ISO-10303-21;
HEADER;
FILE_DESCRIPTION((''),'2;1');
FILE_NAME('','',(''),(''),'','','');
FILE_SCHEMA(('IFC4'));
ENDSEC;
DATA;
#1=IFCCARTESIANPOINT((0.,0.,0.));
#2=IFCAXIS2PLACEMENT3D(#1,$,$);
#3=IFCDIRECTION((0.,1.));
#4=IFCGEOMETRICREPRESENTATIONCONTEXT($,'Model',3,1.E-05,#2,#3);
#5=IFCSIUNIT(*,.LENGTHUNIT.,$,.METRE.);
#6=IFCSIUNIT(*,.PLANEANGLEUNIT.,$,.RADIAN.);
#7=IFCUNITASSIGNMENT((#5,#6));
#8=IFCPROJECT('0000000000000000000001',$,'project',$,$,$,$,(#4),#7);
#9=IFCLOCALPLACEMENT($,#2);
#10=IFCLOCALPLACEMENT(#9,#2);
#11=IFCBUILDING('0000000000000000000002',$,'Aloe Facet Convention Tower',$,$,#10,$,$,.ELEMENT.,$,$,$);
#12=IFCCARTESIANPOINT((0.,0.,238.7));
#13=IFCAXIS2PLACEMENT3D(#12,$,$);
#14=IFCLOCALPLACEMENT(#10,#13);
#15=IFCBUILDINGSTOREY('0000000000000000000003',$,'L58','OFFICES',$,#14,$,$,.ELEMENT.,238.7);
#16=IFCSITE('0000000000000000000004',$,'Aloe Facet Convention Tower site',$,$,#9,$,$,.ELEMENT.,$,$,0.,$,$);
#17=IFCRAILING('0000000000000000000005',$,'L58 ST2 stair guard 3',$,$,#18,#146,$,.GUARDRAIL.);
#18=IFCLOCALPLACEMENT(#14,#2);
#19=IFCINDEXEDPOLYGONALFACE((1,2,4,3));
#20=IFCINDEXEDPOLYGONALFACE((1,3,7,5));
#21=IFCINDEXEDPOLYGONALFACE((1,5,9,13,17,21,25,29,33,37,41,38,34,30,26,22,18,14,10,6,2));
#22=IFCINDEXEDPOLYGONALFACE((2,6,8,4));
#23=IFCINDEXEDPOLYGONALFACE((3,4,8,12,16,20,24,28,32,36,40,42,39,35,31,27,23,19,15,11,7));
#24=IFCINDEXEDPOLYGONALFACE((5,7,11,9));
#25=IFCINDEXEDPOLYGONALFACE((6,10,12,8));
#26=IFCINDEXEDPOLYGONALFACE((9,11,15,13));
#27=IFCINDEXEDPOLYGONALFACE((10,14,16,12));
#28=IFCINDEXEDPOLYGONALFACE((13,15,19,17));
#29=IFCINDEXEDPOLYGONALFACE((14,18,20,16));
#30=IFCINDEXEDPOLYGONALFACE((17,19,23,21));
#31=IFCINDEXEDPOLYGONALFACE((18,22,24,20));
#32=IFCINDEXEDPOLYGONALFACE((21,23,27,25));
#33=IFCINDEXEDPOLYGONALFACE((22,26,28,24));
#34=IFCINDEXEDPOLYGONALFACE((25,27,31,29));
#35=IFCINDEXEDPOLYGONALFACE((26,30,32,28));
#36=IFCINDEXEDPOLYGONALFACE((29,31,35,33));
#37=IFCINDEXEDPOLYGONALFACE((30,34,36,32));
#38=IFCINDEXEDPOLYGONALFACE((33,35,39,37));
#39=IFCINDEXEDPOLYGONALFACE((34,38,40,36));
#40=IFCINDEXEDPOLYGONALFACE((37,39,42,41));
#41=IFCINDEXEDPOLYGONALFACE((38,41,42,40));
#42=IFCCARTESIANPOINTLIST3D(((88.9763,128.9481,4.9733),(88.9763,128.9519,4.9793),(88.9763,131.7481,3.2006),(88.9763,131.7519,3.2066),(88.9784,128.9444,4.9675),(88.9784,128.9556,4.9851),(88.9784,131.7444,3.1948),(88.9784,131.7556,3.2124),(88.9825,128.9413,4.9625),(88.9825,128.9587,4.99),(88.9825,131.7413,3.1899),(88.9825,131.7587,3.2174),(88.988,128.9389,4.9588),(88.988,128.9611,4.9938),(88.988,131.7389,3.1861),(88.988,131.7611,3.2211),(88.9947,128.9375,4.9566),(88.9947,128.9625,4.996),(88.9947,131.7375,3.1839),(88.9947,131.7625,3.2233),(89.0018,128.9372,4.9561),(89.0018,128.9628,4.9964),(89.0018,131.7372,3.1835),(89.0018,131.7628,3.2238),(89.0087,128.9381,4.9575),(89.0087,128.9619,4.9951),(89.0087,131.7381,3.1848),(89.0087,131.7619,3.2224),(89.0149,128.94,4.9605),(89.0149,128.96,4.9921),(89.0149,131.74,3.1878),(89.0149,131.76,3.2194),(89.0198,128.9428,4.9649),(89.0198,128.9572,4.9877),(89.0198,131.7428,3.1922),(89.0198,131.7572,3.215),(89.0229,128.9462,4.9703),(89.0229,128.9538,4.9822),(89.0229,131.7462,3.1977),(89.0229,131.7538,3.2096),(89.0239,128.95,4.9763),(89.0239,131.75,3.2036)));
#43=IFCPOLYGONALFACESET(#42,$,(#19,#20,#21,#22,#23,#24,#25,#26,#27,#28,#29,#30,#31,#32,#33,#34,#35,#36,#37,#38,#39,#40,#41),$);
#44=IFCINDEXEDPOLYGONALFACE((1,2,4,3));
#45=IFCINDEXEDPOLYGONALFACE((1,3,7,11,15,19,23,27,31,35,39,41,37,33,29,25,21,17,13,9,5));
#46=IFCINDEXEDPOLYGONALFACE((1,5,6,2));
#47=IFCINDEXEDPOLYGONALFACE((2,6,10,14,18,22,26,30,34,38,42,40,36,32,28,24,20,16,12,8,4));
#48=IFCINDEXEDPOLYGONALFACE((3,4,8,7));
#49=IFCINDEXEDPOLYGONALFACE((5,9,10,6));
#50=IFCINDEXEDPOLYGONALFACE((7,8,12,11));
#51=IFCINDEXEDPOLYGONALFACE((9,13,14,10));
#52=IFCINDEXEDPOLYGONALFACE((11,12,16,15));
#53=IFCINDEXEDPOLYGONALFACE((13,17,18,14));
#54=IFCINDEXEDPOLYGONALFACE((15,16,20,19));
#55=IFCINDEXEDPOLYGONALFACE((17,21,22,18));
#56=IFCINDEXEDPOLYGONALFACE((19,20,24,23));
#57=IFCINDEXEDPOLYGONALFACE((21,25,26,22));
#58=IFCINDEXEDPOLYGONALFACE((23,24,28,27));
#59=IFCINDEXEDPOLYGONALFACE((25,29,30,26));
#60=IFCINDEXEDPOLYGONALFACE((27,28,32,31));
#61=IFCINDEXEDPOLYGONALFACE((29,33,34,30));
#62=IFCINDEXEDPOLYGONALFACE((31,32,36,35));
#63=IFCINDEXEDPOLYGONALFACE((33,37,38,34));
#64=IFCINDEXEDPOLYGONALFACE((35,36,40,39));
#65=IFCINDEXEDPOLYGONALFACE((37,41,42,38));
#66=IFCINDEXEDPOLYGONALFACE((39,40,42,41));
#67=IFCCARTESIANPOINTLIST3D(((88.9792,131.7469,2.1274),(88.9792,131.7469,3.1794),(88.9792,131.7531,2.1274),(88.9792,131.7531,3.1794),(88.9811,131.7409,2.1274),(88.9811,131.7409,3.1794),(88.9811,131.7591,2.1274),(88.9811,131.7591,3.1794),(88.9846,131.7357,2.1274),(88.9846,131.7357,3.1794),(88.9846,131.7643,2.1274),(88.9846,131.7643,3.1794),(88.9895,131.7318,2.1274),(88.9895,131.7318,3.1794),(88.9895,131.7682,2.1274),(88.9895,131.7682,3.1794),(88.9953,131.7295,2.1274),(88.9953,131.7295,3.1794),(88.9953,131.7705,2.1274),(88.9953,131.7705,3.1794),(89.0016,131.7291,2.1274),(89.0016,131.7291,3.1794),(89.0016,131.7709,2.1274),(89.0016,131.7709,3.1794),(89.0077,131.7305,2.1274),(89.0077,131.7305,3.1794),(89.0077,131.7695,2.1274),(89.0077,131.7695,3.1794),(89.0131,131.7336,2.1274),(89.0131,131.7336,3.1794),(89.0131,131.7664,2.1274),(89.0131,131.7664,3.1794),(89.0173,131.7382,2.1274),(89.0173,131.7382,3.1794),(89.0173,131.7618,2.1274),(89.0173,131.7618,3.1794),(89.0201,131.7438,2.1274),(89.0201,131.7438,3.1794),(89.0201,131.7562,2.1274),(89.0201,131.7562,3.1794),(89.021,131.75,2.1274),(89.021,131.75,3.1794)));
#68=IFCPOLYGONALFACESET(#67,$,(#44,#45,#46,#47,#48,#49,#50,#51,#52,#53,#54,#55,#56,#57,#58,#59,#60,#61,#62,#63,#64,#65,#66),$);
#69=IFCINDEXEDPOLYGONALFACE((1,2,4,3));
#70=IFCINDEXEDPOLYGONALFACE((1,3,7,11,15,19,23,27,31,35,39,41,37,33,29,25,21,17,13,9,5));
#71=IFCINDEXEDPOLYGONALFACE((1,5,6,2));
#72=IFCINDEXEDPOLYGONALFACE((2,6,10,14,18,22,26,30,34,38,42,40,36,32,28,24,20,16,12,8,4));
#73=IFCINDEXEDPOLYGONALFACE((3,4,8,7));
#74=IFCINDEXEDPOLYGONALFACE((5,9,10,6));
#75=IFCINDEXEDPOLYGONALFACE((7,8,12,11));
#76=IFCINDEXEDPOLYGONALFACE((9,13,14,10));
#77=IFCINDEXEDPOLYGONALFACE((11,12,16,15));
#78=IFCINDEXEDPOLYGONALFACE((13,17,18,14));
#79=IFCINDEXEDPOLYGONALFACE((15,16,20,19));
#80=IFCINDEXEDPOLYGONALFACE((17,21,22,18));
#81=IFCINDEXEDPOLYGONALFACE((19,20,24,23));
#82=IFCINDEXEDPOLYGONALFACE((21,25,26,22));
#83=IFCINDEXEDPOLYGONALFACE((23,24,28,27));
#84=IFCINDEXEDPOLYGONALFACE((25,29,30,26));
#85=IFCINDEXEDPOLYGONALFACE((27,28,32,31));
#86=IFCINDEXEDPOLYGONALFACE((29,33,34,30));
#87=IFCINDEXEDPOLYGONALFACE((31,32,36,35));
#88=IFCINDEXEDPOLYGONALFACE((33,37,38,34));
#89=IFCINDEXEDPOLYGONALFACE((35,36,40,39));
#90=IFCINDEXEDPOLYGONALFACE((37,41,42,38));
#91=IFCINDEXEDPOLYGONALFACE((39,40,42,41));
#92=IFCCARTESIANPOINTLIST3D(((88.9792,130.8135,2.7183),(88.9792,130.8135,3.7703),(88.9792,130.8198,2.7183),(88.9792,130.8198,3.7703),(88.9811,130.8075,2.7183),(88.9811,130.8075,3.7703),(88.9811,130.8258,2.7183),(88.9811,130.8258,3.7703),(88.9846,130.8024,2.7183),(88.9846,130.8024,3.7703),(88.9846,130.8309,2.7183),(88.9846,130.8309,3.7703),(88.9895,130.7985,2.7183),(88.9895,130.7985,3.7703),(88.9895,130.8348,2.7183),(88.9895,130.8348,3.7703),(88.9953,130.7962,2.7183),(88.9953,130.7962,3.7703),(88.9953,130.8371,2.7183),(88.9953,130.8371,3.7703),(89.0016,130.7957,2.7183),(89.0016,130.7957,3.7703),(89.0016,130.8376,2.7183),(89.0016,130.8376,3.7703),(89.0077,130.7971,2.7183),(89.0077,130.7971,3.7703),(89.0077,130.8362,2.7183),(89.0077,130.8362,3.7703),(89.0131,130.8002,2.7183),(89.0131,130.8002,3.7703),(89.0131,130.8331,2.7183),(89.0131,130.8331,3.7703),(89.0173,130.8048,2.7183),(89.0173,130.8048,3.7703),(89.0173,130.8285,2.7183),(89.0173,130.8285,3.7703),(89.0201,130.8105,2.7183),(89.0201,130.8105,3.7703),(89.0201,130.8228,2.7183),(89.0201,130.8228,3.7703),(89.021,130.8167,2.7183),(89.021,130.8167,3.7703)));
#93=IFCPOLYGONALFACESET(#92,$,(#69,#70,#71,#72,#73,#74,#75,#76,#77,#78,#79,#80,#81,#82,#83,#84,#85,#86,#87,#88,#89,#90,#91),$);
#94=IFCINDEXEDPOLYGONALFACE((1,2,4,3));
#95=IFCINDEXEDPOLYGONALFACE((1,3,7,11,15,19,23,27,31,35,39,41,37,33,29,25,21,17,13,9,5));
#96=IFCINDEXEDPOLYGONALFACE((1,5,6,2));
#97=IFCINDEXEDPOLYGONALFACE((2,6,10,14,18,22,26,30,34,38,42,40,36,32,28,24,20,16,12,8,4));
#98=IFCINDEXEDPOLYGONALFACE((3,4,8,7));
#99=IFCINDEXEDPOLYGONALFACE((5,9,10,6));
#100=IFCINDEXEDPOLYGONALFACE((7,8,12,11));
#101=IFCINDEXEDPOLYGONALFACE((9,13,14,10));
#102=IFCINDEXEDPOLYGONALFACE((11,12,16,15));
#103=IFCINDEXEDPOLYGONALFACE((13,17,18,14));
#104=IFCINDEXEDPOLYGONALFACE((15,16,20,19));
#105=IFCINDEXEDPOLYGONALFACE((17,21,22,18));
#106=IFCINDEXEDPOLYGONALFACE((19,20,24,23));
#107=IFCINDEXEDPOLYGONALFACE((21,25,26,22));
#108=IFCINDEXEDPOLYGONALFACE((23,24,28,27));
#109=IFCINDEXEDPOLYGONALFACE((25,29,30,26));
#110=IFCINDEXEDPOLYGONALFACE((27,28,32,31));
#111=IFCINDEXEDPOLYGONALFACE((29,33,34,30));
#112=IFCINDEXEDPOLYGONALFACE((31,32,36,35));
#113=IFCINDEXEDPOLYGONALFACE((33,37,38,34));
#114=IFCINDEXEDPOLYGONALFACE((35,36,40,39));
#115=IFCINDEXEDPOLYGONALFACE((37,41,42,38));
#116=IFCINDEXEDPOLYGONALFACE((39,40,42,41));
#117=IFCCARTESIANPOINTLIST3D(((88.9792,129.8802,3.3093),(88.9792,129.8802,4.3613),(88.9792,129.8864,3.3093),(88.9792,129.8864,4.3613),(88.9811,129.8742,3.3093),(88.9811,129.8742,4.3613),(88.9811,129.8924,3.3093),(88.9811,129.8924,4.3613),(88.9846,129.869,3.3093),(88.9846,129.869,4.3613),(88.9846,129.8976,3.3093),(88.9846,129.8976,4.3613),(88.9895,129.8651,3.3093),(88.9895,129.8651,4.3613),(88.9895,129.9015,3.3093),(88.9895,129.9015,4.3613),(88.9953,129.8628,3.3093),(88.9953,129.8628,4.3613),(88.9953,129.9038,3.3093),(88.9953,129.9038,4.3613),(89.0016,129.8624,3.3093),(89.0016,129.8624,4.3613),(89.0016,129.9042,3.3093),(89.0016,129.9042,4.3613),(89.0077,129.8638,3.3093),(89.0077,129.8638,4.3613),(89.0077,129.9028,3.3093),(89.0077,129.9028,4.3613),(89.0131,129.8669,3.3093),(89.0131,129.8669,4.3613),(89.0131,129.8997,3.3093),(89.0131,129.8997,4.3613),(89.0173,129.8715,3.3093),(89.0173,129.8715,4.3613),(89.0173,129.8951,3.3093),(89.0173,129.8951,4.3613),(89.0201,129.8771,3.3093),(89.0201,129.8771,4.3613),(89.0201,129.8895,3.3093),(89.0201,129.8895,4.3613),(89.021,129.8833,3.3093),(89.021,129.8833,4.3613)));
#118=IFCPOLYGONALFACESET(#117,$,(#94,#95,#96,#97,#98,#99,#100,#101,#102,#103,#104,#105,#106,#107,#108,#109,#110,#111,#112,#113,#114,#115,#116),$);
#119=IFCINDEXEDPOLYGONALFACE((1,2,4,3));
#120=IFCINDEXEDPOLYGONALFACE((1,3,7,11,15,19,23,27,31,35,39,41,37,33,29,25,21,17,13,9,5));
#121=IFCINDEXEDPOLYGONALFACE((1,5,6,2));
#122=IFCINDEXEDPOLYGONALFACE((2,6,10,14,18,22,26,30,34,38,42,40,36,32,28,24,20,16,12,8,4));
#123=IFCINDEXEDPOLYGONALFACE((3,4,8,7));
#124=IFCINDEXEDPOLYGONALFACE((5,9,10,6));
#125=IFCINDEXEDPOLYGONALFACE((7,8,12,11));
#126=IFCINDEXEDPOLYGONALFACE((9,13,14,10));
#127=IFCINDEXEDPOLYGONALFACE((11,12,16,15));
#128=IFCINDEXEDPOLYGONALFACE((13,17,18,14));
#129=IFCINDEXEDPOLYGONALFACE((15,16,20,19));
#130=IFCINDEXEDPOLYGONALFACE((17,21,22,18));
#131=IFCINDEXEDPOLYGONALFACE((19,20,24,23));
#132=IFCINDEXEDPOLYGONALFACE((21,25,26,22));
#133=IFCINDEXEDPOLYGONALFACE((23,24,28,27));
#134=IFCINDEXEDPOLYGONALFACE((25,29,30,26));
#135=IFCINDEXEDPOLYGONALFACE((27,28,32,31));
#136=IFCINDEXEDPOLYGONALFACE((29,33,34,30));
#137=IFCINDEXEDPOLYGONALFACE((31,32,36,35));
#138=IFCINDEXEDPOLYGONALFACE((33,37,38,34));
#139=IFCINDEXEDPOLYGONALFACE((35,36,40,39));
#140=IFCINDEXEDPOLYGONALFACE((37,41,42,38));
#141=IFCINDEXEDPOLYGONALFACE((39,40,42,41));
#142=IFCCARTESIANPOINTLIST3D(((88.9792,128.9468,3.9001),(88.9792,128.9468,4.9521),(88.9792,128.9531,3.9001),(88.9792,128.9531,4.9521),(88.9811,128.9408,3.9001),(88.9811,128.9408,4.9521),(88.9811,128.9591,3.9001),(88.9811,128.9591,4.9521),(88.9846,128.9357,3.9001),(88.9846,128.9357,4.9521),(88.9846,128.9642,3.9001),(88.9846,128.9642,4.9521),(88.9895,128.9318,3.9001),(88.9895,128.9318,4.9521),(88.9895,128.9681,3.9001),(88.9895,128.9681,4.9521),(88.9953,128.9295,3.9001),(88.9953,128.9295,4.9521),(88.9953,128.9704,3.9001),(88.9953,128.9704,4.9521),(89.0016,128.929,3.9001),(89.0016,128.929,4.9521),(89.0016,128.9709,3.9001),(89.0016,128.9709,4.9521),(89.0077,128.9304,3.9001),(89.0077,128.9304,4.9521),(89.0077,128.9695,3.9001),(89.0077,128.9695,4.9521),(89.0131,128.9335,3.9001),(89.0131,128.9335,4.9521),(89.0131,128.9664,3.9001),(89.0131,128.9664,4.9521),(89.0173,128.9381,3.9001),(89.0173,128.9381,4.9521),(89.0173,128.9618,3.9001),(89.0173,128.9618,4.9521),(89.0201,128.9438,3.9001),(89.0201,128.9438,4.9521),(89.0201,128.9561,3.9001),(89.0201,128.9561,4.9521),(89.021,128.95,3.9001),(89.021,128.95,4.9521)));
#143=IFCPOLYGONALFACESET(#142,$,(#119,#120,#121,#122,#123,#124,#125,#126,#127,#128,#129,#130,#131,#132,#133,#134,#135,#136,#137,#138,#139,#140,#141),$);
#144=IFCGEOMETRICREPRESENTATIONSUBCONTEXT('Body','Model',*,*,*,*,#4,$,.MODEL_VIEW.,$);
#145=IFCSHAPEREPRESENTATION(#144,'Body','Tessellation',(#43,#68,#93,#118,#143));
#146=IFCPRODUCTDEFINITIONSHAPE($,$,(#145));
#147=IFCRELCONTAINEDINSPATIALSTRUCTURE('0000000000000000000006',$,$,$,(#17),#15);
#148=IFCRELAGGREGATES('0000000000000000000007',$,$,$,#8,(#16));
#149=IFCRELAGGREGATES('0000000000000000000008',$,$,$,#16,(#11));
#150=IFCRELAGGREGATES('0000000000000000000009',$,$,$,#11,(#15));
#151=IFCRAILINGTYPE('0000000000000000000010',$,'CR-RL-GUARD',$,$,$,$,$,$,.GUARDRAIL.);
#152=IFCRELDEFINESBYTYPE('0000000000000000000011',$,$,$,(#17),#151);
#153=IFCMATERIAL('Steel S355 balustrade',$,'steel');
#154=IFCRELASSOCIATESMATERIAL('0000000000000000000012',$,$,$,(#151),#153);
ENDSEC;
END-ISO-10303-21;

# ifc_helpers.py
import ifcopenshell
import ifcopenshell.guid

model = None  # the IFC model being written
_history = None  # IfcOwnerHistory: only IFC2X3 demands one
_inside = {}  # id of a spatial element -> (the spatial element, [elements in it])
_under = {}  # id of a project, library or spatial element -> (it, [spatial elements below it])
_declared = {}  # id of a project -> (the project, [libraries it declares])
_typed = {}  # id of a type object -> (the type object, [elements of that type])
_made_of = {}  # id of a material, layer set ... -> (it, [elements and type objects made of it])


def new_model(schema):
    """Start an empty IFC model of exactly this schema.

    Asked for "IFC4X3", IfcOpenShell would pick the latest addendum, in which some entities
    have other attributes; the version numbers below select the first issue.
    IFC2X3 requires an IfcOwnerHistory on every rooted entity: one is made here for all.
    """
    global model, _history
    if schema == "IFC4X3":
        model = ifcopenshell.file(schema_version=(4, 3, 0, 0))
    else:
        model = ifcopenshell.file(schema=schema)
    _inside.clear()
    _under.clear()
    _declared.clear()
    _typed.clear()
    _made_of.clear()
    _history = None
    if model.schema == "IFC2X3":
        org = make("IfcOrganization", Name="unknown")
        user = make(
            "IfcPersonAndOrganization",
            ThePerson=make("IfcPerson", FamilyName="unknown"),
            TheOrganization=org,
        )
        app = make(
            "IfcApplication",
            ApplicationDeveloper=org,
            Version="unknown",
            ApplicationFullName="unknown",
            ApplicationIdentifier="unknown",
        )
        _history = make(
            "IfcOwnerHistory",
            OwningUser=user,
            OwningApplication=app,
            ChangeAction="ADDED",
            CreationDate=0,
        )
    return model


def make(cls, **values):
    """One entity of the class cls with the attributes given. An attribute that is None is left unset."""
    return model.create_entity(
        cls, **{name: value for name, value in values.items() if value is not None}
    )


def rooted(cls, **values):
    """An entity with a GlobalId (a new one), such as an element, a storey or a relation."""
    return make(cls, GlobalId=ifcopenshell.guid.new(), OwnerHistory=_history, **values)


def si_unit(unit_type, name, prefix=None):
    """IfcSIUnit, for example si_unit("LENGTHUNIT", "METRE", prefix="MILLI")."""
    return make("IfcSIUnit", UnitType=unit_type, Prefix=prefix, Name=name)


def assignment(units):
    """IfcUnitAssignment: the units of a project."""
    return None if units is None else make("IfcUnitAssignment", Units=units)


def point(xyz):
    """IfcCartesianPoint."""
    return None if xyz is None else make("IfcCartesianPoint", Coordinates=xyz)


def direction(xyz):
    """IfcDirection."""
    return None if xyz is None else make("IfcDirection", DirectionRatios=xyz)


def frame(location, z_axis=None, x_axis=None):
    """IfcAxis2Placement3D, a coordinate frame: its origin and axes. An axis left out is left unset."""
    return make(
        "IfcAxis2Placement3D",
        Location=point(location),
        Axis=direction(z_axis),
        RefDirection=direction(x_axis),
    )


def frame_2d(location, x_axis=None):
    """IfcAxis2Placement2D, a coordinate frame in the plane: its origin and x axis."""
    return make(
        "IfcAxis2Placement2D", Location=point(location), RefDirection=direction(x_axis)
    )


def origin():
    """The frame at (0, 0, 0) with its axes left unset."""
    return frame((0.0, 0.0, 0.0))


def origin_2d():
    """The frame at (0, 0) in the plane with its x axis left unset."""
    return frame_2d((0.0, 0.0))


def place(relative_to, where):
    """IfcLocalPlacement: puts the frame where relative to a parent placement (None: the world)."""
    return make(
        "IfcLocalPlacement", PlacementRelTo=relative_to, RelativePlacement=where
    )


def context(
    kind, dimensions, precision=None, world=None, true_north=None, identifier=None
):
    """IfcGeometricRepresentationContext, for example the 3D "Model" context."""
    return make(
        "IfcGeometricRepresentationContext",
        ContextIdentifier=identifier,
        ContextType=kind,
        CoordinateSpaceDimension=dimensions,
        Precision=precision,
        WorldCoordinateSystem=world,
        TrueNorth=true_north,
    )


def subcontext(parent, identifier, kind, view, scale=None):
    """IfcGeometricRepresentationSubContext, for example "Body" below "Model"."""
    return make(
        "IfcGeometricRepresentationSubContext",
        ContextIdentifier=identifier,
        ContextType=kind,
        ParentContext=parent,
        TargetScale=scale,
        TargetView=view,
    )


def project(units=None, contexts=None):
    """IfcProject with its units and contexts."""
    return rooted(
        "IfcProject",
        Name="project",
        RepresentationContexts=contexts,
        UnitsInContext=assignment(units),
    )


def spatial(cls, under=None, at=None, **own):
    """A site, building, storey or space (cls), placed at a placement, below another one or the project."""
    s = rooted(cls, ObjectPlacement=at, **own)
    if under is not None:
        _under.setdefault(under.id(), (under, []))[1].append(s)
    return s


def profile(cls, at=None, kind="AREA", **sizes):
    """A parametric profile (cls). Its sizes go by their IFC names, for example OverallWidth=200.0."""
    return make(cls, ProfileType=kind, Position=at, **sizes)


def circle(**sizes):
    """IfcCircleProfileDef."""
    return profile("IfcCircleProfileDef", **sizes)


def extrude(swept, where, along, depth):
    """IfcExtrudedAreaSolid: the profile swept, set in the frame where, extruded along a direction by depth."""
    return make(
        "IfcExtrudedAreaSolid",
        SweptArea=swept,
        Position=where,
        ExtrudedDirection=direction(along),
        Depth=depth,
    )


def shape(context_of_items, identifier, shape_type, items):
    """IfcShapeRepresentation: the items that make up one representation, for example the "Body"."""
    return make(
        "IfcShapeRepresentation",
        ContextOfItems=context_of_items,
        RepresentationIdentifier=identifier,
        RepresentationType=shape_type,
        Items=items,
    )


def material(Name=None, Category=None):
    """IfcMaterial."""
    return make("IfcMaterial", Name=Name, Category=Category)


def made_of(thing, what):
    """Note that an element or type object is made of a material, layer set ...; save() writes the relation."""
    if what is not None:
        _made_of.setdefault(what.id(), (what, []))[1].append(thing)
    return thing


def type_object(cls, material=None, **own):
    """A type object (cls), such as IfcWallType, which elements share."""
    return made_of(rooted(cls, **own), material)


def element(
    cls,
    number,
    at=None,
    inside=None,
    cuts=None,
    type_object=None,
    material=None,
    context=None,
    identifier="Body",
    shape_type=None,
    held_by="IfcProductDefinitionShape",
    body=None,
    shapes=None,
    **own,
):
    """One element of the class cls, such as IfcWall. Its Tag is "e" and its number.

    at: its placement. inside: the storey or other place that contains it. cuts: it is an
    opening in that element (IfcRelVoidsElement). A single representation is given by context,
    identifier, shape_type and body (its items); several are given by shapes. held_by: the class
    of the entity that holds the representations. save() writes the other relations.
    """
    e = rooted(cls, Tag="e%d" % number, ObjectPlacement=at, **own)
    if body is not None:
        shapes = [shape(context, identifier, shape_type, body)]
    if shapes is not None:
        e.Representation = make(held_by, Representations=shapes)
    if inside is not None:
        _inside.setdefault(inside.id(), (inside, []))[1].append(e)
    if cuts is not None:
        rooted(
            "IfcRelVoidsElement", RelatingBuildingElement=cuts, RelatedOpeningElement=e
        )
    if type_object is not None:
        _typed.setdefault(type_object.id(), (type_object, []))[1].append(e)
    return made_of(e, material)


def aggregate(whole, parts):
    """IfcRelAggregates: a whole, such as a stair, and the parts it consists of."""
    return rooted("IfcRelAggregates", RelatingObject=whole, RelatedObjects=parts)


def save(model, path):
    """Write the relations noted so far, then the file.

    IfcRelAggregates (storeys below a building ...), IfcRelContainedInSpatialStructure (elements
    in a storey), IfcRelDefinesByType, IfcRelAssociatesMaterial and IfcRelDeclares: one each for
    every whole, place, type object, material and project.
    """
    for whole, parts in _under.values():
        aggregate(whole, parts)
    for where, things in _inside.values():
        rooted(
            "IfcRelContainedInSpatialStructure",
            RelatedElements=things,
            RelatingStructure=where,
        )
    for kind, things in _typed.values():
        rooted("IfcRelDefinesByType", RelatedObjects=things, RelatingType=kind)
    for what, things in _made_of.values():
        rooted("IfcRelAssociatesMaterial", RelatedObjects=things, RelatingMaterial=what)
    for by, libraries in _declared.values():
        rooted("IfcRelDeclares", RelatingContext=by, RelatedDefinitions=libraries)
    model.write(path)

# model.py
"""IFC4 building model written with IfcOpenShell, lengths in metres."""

from ifc_helpers import new_model, si_unit, direction, frame, origin, origin_2d, place, context, subcontext, project, spatial, circle, extrude, material, type_object, element, save


model = new_model("IFC4")

# Units and contexts
model_context = context("Model", 3, precision=1e-05, world=origin(), true_north=direction((0.0, 1.0)))
body_context = subcontext(model_context, "Body", "Model", "MODEL_VIEW")
ifc_project = project(units=[si_unit("LENGTHUNIT", "METRE"), si_unit("PLANEANGLEUNIT", "RADIAN")], contexts=[model_context])

# Site, building, storey
site_placement = place(None, origin())
site = spatial("IfcSite", under=ifc_project, at=site_placement, Name="Aloe Facet Convention Tower site", CompositionType="ELEMENT", RefElevation=0.0)
building_placement = place(site_placement, origin())
building = spatial("IfcBuilding", under=site, at=building_placement, Name="Aloe Facet Convention Tower", CompositionType="ELEMENT")
storey_placement = place(building_placement, frame((0.0, 0.0, 238.7)))
storey = spatial("IfcBuildingStorey", under=building, at=storey_placement, Name="L58", Description="OFFICES", CompositionType="ELEMENT", Elevation=238.7)

# Railing
ifc_material_1 = material(Name="Steel S355 balustrade", Category="steel")
railing_type_1 = type_object("IfcRailingType", Name="CR-RL-GUARD", PredefinedType="GUARDRAIL", material=ifc_material_1)
railing_1_placement = place(storey_placement, frame((89.0, 131.75, 2.1274)))
element("IfcRailing", 1, at=railing_1_placement, inside=storey, type_object=railing_type_1, Name="L58 ST2 stair guard 3", PredefinedType="GUARDRAIL", context=body_context, shape_type="SweptSolid", body=[
    extrude(circle(Radius=0.0239, at=origin_2d()), frame((0.0, 0.0, 1.0762), z_axis=(0.0, -0.844909, 0.53491), x_axis=(1.0, 0.0, 0.0)), (0.0, 0.0, 1.0), 3.314),
    extrude(circle(Radius=0.021, at=origin_2d()), origin(), (0.0, 0.0, 1.0), 1.052),
    extrude(circle(Radius=0.021, at=origin_2d()), frame((0.0, -0.9333, 0.5908)), (0.0, 0.0, 1.0), 1.052),
    extrude(circle(Radius=0.021, at=origin_2d()), frame((0.0, -1.8667, 1.1819)), (0.0, 0.0, 1.0), 1.052),
    extrude(circle(Radius=0.021, at=origin_2d()), frame((0.0, -2.8, 1.7727)), (0.0, 0.0, 1.0), 1.052),
])

save(model, "model.ifc")
